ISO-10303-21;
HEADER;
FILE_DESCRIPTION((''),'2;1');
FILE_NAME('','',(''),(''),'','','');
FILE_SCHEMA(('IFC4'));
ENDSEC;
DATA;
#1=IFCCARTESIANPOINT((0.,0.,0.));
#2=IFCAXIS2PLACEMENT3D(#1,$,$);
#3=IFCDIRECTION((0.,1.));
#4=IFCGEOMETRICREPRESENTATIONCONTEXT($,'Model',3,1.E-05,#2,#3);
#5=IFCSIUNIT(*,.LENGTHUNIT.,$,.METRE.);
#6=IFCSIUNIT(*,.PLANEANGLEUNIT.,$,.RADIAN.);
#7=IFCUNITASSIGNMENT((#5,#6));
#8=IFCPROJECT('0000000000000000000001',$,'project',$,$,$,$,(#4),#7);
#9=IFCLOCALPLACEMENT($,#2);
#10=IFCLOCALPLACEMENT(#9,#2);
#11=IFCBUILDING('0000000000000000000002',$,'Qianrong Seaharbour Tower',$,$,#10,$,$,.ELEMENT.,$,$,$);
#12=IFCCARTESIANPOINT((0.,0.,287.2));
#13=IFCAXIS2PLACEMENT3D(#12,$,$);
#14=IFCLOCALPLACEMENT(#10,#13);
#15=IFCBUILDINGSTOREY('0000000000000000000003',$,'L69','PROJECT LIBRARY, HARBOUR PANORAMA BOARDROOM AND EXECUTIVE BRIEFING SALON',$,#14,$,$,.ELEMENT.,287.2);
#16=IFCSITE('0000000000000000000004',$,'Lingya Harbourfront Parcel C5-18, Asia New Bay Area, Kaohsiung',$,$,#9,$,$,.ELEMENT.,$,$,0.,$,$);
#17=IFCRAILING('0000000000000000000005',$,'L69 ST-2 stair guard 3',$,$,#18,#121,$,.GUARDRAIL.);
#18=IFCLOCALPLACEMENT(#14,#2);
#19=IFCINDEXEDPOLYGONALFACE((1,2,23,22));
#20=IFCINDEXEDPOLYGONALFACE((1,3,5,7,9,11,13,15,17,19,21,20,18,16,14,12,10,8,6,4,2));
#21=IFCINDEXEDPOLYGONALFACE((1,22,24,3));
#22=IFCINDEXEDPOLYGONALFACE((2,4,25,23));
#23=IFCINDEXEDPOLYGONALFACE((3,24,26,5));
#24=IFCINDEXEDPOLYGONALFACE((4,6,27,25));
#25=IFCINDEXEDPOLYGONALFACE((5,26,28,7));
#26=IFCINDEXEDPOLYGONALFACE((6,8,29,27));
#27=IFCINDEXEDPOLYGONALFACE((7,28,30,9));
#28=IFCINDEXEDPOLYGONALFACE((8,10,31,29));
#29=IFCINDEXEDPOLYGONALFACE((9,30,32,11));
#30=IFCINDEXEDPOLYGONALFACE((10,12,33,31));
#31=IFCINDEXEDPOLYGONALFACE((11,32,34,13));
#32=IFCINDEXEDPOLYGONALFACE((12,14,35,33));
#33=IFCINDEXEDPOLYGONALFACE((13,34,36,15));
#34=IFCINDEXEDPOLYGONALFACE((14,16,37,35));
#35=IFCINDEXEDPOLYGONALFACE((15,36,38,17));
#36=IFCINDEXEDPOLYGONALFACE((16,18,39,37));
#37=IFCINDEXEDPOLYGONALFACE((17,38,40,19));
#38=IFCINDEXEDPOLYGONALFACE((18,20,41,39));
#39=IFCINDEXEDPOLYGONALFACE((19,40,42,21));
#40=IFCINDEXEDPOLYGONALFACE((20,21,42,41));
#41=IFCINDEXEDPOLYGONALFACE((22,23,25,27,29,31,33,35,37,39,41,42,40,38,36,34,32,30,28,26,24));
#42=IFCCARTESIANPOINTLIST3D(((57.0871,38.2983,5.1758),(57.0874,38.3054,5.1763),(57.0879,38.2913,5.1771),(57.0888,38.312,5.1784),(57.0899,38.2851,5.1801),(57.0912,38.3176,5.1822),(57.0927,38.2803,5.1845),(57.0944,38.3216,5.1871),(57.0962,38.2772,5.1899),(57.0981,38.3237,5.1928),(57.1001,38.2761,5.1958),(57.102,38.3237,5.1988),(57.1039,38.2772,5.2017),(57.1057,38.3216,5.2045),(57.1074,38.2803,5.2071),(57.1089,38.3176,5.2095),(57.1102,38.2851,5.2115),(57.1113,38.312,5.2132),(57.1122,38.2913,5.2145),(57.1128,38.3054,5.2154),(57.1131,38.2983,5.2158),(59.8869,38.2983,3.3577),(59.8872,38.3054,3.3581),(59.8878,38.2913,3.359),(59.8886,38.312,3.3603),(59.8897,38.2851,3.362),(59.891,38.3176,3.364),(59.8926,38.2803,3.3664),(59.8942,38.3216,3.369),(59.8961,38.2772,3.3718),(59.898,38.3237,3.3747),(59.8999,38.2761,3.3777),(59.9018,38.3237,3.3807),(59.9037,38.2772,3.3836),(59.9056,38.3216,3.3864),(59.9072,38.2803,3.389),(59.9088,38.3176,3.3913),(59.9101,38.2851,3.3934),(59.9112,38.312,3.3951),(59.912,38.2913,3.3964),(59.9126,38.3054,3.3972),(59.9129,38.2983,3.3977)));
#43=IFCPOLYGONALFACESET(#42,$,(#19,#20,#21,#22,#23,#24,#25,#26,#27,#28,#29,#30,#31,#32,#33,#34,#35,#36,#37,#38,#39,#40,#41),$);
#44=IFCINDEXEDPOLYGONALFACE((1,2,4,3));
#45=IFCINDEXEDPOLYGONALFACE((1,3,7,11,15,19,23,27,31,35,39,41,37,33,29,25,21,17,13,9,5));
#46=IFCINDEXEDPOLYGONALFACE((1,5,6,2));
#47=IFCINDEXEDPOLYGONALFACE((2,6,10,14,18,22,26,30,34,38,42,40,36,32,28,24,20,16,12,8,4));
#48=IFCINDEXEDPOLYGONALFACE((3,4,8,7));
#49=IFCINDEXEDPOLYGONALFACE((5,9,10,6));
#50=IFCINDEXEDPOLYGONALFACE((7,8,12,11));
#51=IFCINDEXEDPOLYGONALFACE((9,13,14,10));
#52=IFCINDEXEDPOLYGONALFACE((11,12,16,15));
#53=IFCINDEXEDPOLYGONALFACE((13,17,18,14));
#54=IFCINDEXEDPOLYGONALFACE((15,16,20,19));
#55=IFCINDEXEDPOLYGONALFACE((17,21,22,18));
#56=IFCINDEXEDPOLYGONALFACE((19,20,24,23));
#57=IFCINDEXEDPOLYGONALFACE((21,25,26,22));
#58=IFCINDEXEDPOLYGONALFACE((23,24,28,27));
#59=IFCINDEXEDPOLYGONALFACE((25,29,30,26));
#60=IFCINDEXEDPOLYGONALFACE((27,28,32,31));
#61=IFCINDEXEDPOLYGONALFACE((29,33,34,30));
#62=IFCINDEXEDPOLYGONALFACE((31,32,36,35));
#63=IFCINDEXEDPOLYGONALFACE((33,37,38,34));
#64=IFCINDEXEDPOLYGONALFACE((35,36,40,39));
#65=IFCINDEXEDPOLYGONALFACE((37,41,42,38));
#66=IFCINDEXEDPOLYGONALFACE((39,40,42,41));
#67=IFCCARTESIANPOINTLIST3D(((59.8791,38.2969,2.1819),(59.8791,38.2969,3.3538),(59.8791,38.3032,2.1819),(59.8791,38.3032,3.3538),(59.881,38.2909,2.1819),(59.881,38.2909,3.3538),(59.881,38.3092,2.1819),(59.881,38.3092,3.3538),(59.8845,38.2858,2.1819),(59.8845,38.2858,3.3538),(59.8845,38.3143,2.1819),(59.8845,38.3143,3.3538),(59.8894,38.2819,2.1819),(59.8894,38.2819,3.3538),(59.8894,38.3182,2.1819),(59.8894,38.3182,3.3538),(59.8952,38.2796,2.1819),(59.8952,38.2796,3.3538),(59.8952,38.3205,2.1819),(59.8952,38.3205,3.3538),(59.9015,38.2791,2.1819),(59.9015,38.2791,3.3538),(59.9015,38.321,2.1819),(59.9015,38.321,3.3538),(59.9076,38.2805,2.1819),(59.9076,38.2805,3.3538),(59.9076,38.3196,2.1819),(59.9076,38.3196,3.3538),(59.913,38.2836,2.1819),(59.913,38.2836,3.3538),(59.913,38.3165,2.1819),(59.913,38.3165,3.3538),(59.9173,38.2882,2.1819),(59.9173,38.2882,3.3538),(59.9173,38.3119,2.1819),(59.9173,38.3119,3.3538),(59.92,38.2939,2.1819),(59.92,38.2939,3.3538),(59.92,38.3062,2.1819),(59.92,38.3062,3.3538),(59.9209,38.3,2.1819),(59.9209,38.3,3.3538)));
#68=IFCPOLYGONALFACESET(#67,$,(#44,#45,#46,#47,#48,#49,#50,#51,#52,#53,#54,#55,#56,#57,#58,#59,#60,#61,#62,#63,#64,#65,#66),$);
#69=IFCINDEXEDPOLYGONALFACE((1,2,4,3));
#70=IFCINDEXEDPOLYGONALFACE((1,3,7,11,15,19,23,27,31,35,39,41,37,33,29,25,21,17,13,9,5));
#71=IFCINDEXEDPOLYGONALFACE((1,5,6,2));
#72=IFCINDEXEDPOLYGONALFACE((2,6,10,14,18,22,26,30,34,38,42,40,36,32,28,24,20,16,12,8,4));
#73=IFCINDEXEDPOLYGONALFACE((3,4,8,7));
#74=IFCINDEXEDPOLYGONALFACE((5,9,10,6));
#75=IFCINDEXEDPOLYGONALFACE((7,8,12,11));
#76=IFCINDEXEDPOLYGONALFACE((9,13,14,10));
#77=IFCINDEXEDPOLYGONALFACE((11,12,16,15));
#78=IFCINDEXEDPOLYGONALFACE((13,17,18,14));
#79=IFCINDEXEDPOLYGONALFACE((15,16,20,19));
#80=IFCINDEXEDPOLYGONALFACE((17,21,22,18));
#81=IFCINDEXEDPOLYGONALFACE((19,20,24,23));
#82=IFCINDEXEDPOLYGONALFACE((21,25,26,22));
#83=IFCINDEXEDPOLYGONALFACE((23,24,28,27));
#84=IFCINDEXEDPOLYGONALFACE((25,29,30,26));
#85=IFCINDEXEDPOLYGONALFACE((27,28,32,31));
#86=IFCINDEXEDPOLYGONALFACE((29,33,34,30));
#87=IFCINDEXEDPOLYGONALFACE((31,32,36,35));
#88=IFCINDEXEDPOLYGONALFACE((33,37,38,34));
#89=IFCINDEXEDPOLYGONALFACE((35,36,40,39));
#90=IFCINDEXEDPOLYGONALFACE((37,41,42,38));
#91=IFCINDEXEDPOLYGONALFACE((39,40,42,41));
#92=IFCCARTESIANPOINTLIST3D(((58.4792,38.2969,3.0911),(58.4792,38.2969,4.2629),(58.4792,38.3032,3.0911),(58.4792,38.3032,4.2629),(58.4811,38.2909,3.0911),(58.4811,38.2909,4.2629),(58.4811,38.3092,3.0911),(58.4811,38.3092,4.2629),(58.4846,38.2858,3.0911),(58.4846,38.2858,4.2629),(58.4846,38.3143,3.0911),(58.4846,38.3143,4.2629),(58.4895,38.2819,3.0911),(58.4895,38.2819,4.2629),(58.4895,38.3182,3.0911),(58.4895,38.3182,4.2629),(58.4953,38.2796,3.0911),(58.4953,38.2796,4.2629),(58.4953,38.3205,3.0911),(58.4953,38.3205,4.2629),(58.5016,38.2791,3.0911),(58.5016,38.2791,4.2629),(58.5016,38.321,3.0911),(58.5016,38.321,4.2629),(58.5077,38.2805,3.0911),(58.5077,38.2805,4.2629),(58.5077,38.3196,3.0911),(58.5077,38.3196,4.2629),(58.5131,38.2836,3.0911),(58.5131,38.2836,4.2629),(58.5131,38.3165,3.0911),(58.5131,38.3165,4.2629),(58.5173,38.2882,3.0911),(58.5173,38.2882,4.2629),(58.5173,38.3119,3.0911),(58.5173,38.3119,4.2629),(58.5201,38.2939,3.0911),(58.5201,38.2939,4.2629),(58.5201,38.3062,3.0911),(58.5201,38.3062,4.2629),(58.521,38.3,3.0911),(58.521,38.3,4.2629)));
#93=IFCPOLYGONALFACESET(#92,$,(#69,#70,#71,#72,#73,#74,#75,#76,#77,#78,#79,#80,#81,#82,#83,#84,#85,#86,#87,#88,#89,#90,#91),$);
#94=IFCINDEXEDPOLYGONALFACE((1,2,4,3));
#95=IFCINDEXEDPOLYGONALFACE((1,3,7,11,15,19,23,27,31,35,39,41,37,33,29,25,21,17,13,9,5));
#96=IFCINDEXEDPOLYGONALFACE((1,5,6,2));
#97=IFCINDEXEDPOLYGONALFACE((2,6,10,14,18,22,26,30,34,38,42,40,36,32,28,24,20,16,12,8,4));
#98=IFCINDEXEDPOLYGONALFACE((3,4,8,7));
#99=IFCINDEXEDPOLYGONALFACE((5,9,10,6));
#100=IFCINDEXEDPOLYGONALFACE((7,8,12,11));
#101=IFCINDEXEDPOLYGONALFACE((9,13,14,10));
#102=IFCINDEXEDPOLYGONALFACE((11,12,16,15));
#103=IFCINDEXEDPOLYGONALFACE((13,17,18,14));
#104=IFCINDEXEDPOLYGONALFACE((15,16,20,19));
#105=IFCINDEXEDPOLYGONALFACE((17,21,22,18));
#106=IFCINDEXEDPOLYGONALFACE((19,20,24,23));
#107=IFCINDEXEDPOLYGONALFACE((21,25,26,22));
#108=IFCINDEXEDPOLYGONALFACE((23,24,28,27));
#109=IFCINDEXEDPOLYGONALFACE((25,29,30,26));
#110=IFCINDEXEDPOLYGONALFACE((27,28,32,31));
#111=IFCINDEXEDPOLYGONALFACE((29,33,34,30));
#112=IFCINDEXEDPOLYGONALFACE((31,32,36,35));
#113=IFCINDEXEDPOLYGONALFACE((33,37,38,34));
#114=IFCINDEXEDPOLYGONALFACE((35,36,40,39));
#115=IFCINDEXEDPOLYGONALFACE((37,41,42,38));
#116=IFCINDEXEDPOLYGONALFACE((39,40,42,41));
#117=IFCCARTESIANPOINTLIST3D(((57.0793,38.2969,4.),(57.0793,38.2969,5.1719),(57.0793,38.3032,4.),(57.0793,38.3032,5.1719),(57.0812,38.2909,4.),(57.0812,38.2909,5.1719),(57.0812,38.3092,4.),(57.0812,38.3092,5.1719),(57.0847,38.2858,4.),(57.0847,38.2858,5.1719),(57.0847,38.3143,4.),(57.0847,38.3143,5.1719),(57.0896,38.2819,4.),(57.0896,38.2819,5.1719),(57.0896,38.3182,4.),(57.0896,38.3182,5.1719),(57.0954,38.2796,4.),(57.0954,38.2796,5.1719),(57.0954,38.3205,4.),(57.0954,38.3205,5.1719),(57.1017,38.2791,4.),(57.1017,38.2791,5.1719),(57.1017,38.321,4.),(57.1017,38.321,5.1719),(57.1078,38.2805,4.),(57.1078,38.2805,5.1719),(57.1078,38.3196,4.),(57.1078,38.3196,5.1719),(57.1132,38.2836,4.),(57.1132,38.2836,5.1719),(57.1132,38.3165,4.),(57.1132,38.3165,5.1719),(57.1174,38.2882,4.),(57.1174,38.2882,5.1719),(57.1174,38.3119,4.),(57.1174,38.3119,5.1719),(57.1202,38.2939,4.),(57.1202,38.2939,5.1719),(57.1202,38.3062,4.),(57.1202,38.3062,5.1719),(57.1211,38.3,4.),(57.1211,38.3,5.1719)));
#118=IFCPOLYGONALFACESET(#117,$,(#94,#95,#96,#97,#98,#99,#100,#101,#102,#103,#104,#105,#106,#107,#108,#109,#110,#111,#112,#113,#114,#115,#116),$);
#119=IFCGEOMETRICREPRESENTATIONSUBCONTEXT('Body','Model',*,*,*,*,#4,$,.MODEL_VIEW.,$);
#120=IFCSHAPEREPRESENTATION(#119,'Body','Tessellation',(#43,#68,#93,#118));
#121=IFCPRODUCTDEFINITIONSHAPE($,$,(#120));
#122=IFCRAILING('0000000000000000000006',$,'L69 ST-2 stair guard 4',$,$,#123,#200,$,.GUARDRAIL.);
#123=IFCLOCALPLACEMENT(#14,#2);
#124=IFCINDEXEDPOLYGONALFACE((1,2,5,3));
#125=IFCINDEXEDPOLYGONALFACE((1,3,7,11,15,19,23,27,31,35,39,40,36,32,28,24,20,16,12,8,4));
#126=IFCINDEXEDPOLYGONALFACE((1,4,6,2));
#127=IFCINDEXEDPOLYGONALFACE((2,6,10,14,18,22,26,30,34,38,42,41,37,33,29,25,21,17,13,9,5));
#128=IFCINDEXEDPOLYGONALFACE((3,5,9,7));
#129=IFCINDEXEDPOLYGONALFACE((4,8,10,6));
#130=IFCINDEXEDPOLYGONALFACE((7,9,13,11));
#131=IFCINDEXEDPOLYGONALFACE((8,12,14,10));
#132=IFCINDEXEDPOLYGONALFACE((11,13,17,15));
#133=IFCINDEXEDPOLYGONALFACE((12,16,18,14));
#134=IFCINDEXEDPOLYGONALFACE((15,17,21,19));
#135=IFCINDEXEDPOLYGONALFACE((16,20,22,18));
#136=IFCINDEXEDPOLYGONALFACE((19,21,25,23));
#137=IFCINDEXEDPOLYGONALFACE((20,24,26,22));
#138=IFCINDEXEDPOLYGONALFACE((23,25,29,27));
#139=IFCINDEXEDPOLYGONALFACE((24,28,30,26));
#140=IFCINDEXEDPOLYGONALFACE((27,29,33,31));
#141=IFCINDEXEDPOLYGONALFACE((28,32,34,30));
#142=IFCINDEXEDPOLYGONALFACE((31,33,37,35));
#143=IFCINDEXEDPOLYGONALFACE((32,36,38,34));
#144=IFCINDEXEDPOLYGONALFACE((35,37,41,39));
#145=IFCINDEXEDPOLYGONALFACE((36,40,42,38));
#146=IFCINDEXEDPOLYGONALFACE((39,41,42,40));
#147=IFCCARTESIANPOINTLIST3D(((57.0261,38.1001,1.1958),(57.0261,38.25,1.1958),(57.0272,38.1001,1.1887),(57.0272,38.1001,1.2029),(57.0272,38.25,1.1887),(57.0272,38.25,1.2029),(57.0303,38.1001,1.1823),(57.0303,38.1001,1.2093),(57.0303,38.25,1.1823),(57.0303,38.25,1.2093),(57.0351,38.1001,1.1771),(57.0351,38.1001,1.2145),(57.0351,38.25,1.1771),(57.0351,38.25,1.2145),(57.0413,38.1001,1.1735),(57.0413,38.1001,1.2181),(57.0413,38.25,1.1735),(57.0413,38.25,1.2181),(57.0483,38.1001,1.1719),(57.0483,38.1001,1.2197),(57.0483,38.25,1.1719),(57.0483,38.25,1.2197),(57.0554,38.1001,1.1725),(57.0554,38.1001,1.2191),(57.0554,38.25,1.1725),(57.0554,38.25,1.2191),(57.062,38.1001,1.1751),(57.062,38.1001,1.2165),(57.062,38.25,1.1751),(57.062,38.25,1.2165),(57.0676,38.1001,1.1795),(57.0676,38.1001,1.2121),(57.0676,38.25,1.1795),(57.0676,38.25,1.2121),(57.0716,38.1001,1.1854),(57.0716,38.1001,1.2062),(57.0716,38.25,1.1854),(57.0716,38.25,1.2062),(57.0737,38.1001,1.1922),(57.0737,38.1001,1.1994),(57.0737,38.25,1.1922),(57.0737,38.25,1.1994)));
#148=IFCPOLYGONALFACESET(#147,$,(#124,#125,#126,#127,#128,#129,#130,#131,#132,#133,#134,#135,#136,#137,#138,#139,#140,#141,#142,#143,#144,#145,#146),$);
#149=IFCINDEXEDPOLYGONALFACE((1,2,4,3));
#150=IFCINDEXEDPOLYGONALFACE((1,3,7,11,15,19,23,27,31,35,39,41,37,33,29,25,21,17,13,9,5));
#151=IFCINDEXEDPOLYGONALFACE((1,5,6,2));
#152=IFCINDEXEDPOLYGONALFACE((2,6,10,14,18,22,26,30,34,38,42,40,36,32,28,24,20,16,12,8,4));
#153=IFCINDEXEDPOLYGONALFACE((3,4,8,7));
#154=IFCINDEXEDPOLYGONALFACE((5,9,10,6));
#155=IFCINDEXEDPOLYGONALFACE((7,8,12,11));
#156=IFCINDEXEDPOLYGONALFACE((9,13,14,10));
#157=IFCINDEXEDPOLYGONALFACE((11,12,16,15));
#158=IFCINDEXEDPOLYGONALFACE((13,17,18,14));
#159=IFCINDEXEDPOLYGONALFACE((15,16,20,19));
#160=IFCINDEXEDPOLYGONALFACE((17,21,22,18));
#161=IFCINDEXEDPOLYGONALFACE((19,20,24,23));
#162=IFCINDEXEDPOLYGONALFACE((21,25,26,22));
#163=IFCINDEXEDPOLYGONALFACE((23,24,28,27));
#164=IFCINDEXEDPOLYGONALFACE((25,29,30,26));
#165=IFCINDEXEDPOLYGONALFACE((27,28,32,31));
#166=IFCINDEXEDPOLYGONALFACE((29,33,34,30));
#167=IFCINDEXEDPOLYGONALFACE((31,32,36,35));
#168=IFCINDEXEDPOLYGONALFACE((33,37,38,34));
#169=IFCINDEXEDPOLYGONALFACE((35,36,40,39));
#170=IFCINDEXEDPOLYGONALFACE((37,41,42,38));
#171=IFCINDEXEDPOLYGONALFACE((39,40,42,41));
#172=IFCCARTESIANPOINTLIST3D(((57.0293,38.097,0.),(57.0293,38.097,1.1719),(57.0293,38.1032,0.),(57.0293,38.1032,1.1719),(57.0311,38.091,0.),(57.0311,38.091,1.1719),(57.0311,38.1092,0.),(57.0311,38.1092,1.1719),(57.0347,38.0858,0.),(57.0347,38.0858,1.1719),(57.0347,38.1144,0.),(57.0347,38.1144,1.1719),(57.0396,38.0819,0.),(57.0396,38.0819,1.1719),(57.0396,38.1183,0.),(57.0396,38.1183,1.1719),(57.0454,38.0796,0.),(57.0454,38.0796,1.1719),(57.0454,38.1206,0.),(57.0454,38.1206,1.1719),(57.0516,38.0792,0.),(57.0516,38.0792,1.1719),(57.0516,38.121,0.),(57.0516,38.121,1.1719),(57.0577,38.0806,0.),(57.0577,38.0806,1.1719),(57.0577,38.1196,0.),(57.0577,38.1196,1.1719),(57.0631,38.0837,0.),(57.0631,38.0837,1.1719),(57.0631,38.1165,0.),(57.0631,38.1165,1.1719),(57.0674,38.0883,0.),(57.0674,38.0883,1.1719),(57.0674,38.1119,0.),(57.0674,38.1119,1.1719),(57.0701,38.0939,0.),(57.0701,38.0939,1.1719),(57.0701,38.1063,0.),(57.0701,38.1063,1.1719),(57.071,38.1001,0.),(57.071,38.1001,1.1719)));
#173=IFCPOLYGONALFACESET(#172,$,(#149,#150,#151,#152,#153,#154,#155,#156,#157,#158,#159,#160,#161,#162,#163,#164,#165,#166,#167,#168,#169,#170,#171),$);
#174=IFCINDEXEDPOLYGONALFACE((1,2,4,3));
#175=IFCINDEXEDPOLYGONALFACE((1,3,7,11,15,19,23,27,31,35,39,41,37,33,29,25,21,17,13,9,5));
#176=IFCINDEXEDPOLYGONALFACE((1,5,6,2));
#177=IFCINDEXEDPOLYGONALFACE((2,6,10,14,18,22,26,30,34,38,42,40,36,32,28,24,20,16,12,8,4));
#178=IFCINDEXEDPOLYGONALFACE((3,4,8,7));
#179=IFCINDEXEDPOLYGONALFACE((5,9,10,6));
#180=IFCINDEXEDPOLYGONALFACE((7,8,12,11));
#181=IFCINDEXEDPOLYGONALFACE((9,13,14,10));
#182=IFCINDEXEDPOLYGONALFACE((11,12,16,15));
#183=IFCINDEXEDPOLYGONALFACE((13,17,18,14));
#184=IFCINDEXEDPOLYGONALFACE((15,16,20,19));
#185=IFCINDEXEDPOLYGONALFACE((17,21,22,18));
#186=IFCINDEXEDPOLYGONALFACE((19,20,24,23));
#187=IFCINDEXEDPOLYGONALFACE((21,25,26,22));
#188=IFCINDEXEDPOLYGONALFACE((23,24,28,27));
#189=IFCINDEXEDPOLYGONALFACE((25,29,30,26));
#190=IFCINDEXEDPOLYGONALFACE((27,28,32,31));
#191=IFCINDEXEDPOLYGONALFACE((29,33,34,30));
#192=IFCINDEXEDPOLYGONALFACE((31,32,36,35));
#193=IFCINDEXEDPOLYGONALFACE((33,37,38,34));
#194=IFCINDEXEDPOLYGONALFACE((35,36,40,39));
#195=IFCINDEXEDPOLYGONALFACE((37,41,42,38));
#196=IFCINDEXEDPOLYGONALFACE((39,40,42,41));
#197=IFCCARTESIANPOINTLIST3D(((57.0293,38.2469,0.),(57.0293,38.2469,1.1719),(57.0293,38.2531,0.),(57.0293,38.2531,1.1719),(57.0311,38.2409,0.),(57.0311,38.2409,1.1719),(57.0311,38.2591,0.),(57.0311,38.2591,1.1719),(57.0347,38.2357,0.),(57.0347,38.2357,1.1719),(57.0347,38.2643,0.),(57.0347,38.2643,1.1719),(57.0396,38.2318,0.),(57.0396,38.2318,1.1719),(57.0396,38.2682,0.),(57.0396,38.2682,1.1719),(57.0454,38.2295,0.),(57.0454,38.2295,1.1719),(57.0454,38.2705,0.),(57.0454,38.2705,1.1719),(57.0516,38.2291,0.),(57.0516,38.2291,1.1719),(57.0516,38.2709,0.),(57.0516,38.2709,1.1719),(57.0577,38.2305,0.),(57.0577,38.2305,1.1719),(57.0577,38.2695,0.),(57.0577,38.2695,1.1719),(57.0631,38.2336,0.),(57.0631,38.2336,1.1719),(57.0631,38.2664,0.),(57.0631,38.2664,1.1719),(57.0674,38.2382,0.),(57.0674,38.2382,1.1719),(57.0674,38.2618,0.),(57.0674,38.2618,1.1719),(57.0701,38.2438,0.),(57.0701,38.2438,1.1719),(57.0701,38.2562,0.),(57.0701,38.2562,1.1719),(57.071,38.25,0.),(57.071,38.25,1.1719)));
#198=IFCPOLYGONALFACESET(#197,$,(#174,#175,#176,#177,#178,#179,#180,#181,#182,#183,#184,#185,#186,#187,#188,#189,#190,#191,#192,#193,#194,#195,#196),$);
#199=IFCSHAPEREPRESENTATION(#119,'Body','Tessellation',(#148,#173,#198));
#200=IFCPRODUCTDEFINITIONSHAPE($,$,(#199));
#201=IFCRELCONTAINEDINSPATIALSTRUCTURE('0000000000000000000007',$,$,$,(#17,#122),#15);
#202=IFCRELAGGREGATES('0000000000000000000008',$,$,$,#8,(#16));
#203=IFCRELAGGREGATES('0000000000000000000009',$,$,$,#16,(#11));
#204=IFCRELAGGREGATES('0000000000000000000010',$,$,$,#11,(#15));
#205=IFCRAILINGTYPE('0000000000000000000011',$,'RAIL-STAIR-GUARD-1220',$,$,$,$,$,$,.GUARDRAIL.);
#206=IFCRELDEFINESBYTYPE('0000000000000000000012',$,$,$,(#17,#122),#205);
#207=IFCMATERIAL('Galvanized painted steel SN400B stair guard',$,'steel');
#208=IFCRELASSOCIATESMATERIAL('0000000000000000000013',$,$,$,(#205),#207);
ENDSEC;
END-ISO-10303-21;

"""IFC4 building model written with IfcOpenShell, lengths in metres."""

from ifc_helpers import new_model, si_unit, direction, frame, origin, origin_2d, place, context, subcontext, project, spatial, circle, extrude, material, type_object, element, save


model = new_model("IFC4")

# Units and contexts
model_context = context("Model", 3, precision=1e-05, world=origin(), true_north=direction((0.0, 1.0)))
body_context = subcontext(model_context, "Body", "Model", "MODEL_VIEW")
ifc_project = project(units=[si_unit("LENGTHUNIT", "METRE"), si_unit("PLANEANGLEUNIT", "RADIAN")], contexts=[model_context])

# Site, building, storey
site_placement = place(None, origin())
site = spatial("IfcSite", under=ifc_project, at=site_placement, Name="Lingya Harbourfront Parcel C5-18, Asia New Bay Area, Kaohsiung", CompositionType="ELEMENT", RefElevation=0.0)
building_placement = place(site_placement, origin())
building = spatial("IfcBuilding", under=site, at=building_placement, Name="Qianrong Seaharbour Tower", CompositionType="ELEMENT")
storey_placement = place(building_placement, frame((0.0, 0.0, 287.2)))
storey = spatial("IfcBuildingStorey", under=building, at=storey_placement, Name="L69", Description="PROJECT LIBRARY, HARBOUR PANORAMA BOARDROOM AND EXECUTIVE BRIEFING SALON", CompositionType="ELEMENT", Elevation=287.2)

# Railings
ifc_material_1 = material(Name="Galvanized painted steel SN400B stair guard", Category="steel")
railing_type_1 = type_object("IfcRailingType", Name="RAIL-STAIR-GUARD-1220", PredefinedType="GUARDRAIL", material=ifc_material_1)
railing_1_placement = place(storey_placement, frame((59.8999, 38.3, 2.1819)))
element("IfcRailing", 1, at=railing_1_placement, inside=storey, type_object=railing_type_1, Name="L69 ST-2 stair guard 3", PredefinedType="GUARDRAIL", context=body_context, shape_type="SweptSolid", body=[
    extrude(circle(Radius=0.0239, at=origin_2d()), frame((0.0, 0.0, 1.1958), z_axis=(-0.838684, 0.0, 0.544618), x_axis=(0.0, -1.0, 0.0)), (0.0, 0.0, 1.0), 3.3384),
    extrude(circle(Radius=0.021, at=origin_2d()), origin(), (0.0, 0.0, 1.0), 1.1719),
    extrude(circle(Radius=0.021, at=origin_2d()), frame((-1.3999, 0.0, 0.9092)), (0.0, 0.0, 1.0), 1.1719),
    extrude(circle(Radius=0.021, at=origin_2d()), frame((-2.7998, 0.0, 1.8181)), (0.0, 0.0, 1.0), 1.1719),
])
railing_2_placement = place(storey_placement, frame((57.05, 38.1001, 0.0)))
element("IfcRailing", 2, at=railing_2_placement, inside=storey, type_object=railing_type_1, Name="L69 ST-2 stair guard 4", PredefinedType="GUARDRAIL", context=body_context, shape_type="SweptSolid", body=[
    extrude(circle(Radius=0.0239, at=origin_2d()), frame((0.0, 0.0, 1.1958), z_axis=(0.0, 1.0, 0.0), x_axis=(-1.0, 0.0, 0.0)), (0.0, 0.0, 1.0), 0.1499),
    extrude(circle(Radius=0.021, at=origin_2d()), origin(), (0.0, 0.0, 1.0), 1.1719),
    extrude(circle(Radius=0.021, at=origin_2d()), frame((0.0, 0.1499, 0.0)), (0.0, 0.0, 1.0), 1.1719),
])

save(model, "model.ifc")
